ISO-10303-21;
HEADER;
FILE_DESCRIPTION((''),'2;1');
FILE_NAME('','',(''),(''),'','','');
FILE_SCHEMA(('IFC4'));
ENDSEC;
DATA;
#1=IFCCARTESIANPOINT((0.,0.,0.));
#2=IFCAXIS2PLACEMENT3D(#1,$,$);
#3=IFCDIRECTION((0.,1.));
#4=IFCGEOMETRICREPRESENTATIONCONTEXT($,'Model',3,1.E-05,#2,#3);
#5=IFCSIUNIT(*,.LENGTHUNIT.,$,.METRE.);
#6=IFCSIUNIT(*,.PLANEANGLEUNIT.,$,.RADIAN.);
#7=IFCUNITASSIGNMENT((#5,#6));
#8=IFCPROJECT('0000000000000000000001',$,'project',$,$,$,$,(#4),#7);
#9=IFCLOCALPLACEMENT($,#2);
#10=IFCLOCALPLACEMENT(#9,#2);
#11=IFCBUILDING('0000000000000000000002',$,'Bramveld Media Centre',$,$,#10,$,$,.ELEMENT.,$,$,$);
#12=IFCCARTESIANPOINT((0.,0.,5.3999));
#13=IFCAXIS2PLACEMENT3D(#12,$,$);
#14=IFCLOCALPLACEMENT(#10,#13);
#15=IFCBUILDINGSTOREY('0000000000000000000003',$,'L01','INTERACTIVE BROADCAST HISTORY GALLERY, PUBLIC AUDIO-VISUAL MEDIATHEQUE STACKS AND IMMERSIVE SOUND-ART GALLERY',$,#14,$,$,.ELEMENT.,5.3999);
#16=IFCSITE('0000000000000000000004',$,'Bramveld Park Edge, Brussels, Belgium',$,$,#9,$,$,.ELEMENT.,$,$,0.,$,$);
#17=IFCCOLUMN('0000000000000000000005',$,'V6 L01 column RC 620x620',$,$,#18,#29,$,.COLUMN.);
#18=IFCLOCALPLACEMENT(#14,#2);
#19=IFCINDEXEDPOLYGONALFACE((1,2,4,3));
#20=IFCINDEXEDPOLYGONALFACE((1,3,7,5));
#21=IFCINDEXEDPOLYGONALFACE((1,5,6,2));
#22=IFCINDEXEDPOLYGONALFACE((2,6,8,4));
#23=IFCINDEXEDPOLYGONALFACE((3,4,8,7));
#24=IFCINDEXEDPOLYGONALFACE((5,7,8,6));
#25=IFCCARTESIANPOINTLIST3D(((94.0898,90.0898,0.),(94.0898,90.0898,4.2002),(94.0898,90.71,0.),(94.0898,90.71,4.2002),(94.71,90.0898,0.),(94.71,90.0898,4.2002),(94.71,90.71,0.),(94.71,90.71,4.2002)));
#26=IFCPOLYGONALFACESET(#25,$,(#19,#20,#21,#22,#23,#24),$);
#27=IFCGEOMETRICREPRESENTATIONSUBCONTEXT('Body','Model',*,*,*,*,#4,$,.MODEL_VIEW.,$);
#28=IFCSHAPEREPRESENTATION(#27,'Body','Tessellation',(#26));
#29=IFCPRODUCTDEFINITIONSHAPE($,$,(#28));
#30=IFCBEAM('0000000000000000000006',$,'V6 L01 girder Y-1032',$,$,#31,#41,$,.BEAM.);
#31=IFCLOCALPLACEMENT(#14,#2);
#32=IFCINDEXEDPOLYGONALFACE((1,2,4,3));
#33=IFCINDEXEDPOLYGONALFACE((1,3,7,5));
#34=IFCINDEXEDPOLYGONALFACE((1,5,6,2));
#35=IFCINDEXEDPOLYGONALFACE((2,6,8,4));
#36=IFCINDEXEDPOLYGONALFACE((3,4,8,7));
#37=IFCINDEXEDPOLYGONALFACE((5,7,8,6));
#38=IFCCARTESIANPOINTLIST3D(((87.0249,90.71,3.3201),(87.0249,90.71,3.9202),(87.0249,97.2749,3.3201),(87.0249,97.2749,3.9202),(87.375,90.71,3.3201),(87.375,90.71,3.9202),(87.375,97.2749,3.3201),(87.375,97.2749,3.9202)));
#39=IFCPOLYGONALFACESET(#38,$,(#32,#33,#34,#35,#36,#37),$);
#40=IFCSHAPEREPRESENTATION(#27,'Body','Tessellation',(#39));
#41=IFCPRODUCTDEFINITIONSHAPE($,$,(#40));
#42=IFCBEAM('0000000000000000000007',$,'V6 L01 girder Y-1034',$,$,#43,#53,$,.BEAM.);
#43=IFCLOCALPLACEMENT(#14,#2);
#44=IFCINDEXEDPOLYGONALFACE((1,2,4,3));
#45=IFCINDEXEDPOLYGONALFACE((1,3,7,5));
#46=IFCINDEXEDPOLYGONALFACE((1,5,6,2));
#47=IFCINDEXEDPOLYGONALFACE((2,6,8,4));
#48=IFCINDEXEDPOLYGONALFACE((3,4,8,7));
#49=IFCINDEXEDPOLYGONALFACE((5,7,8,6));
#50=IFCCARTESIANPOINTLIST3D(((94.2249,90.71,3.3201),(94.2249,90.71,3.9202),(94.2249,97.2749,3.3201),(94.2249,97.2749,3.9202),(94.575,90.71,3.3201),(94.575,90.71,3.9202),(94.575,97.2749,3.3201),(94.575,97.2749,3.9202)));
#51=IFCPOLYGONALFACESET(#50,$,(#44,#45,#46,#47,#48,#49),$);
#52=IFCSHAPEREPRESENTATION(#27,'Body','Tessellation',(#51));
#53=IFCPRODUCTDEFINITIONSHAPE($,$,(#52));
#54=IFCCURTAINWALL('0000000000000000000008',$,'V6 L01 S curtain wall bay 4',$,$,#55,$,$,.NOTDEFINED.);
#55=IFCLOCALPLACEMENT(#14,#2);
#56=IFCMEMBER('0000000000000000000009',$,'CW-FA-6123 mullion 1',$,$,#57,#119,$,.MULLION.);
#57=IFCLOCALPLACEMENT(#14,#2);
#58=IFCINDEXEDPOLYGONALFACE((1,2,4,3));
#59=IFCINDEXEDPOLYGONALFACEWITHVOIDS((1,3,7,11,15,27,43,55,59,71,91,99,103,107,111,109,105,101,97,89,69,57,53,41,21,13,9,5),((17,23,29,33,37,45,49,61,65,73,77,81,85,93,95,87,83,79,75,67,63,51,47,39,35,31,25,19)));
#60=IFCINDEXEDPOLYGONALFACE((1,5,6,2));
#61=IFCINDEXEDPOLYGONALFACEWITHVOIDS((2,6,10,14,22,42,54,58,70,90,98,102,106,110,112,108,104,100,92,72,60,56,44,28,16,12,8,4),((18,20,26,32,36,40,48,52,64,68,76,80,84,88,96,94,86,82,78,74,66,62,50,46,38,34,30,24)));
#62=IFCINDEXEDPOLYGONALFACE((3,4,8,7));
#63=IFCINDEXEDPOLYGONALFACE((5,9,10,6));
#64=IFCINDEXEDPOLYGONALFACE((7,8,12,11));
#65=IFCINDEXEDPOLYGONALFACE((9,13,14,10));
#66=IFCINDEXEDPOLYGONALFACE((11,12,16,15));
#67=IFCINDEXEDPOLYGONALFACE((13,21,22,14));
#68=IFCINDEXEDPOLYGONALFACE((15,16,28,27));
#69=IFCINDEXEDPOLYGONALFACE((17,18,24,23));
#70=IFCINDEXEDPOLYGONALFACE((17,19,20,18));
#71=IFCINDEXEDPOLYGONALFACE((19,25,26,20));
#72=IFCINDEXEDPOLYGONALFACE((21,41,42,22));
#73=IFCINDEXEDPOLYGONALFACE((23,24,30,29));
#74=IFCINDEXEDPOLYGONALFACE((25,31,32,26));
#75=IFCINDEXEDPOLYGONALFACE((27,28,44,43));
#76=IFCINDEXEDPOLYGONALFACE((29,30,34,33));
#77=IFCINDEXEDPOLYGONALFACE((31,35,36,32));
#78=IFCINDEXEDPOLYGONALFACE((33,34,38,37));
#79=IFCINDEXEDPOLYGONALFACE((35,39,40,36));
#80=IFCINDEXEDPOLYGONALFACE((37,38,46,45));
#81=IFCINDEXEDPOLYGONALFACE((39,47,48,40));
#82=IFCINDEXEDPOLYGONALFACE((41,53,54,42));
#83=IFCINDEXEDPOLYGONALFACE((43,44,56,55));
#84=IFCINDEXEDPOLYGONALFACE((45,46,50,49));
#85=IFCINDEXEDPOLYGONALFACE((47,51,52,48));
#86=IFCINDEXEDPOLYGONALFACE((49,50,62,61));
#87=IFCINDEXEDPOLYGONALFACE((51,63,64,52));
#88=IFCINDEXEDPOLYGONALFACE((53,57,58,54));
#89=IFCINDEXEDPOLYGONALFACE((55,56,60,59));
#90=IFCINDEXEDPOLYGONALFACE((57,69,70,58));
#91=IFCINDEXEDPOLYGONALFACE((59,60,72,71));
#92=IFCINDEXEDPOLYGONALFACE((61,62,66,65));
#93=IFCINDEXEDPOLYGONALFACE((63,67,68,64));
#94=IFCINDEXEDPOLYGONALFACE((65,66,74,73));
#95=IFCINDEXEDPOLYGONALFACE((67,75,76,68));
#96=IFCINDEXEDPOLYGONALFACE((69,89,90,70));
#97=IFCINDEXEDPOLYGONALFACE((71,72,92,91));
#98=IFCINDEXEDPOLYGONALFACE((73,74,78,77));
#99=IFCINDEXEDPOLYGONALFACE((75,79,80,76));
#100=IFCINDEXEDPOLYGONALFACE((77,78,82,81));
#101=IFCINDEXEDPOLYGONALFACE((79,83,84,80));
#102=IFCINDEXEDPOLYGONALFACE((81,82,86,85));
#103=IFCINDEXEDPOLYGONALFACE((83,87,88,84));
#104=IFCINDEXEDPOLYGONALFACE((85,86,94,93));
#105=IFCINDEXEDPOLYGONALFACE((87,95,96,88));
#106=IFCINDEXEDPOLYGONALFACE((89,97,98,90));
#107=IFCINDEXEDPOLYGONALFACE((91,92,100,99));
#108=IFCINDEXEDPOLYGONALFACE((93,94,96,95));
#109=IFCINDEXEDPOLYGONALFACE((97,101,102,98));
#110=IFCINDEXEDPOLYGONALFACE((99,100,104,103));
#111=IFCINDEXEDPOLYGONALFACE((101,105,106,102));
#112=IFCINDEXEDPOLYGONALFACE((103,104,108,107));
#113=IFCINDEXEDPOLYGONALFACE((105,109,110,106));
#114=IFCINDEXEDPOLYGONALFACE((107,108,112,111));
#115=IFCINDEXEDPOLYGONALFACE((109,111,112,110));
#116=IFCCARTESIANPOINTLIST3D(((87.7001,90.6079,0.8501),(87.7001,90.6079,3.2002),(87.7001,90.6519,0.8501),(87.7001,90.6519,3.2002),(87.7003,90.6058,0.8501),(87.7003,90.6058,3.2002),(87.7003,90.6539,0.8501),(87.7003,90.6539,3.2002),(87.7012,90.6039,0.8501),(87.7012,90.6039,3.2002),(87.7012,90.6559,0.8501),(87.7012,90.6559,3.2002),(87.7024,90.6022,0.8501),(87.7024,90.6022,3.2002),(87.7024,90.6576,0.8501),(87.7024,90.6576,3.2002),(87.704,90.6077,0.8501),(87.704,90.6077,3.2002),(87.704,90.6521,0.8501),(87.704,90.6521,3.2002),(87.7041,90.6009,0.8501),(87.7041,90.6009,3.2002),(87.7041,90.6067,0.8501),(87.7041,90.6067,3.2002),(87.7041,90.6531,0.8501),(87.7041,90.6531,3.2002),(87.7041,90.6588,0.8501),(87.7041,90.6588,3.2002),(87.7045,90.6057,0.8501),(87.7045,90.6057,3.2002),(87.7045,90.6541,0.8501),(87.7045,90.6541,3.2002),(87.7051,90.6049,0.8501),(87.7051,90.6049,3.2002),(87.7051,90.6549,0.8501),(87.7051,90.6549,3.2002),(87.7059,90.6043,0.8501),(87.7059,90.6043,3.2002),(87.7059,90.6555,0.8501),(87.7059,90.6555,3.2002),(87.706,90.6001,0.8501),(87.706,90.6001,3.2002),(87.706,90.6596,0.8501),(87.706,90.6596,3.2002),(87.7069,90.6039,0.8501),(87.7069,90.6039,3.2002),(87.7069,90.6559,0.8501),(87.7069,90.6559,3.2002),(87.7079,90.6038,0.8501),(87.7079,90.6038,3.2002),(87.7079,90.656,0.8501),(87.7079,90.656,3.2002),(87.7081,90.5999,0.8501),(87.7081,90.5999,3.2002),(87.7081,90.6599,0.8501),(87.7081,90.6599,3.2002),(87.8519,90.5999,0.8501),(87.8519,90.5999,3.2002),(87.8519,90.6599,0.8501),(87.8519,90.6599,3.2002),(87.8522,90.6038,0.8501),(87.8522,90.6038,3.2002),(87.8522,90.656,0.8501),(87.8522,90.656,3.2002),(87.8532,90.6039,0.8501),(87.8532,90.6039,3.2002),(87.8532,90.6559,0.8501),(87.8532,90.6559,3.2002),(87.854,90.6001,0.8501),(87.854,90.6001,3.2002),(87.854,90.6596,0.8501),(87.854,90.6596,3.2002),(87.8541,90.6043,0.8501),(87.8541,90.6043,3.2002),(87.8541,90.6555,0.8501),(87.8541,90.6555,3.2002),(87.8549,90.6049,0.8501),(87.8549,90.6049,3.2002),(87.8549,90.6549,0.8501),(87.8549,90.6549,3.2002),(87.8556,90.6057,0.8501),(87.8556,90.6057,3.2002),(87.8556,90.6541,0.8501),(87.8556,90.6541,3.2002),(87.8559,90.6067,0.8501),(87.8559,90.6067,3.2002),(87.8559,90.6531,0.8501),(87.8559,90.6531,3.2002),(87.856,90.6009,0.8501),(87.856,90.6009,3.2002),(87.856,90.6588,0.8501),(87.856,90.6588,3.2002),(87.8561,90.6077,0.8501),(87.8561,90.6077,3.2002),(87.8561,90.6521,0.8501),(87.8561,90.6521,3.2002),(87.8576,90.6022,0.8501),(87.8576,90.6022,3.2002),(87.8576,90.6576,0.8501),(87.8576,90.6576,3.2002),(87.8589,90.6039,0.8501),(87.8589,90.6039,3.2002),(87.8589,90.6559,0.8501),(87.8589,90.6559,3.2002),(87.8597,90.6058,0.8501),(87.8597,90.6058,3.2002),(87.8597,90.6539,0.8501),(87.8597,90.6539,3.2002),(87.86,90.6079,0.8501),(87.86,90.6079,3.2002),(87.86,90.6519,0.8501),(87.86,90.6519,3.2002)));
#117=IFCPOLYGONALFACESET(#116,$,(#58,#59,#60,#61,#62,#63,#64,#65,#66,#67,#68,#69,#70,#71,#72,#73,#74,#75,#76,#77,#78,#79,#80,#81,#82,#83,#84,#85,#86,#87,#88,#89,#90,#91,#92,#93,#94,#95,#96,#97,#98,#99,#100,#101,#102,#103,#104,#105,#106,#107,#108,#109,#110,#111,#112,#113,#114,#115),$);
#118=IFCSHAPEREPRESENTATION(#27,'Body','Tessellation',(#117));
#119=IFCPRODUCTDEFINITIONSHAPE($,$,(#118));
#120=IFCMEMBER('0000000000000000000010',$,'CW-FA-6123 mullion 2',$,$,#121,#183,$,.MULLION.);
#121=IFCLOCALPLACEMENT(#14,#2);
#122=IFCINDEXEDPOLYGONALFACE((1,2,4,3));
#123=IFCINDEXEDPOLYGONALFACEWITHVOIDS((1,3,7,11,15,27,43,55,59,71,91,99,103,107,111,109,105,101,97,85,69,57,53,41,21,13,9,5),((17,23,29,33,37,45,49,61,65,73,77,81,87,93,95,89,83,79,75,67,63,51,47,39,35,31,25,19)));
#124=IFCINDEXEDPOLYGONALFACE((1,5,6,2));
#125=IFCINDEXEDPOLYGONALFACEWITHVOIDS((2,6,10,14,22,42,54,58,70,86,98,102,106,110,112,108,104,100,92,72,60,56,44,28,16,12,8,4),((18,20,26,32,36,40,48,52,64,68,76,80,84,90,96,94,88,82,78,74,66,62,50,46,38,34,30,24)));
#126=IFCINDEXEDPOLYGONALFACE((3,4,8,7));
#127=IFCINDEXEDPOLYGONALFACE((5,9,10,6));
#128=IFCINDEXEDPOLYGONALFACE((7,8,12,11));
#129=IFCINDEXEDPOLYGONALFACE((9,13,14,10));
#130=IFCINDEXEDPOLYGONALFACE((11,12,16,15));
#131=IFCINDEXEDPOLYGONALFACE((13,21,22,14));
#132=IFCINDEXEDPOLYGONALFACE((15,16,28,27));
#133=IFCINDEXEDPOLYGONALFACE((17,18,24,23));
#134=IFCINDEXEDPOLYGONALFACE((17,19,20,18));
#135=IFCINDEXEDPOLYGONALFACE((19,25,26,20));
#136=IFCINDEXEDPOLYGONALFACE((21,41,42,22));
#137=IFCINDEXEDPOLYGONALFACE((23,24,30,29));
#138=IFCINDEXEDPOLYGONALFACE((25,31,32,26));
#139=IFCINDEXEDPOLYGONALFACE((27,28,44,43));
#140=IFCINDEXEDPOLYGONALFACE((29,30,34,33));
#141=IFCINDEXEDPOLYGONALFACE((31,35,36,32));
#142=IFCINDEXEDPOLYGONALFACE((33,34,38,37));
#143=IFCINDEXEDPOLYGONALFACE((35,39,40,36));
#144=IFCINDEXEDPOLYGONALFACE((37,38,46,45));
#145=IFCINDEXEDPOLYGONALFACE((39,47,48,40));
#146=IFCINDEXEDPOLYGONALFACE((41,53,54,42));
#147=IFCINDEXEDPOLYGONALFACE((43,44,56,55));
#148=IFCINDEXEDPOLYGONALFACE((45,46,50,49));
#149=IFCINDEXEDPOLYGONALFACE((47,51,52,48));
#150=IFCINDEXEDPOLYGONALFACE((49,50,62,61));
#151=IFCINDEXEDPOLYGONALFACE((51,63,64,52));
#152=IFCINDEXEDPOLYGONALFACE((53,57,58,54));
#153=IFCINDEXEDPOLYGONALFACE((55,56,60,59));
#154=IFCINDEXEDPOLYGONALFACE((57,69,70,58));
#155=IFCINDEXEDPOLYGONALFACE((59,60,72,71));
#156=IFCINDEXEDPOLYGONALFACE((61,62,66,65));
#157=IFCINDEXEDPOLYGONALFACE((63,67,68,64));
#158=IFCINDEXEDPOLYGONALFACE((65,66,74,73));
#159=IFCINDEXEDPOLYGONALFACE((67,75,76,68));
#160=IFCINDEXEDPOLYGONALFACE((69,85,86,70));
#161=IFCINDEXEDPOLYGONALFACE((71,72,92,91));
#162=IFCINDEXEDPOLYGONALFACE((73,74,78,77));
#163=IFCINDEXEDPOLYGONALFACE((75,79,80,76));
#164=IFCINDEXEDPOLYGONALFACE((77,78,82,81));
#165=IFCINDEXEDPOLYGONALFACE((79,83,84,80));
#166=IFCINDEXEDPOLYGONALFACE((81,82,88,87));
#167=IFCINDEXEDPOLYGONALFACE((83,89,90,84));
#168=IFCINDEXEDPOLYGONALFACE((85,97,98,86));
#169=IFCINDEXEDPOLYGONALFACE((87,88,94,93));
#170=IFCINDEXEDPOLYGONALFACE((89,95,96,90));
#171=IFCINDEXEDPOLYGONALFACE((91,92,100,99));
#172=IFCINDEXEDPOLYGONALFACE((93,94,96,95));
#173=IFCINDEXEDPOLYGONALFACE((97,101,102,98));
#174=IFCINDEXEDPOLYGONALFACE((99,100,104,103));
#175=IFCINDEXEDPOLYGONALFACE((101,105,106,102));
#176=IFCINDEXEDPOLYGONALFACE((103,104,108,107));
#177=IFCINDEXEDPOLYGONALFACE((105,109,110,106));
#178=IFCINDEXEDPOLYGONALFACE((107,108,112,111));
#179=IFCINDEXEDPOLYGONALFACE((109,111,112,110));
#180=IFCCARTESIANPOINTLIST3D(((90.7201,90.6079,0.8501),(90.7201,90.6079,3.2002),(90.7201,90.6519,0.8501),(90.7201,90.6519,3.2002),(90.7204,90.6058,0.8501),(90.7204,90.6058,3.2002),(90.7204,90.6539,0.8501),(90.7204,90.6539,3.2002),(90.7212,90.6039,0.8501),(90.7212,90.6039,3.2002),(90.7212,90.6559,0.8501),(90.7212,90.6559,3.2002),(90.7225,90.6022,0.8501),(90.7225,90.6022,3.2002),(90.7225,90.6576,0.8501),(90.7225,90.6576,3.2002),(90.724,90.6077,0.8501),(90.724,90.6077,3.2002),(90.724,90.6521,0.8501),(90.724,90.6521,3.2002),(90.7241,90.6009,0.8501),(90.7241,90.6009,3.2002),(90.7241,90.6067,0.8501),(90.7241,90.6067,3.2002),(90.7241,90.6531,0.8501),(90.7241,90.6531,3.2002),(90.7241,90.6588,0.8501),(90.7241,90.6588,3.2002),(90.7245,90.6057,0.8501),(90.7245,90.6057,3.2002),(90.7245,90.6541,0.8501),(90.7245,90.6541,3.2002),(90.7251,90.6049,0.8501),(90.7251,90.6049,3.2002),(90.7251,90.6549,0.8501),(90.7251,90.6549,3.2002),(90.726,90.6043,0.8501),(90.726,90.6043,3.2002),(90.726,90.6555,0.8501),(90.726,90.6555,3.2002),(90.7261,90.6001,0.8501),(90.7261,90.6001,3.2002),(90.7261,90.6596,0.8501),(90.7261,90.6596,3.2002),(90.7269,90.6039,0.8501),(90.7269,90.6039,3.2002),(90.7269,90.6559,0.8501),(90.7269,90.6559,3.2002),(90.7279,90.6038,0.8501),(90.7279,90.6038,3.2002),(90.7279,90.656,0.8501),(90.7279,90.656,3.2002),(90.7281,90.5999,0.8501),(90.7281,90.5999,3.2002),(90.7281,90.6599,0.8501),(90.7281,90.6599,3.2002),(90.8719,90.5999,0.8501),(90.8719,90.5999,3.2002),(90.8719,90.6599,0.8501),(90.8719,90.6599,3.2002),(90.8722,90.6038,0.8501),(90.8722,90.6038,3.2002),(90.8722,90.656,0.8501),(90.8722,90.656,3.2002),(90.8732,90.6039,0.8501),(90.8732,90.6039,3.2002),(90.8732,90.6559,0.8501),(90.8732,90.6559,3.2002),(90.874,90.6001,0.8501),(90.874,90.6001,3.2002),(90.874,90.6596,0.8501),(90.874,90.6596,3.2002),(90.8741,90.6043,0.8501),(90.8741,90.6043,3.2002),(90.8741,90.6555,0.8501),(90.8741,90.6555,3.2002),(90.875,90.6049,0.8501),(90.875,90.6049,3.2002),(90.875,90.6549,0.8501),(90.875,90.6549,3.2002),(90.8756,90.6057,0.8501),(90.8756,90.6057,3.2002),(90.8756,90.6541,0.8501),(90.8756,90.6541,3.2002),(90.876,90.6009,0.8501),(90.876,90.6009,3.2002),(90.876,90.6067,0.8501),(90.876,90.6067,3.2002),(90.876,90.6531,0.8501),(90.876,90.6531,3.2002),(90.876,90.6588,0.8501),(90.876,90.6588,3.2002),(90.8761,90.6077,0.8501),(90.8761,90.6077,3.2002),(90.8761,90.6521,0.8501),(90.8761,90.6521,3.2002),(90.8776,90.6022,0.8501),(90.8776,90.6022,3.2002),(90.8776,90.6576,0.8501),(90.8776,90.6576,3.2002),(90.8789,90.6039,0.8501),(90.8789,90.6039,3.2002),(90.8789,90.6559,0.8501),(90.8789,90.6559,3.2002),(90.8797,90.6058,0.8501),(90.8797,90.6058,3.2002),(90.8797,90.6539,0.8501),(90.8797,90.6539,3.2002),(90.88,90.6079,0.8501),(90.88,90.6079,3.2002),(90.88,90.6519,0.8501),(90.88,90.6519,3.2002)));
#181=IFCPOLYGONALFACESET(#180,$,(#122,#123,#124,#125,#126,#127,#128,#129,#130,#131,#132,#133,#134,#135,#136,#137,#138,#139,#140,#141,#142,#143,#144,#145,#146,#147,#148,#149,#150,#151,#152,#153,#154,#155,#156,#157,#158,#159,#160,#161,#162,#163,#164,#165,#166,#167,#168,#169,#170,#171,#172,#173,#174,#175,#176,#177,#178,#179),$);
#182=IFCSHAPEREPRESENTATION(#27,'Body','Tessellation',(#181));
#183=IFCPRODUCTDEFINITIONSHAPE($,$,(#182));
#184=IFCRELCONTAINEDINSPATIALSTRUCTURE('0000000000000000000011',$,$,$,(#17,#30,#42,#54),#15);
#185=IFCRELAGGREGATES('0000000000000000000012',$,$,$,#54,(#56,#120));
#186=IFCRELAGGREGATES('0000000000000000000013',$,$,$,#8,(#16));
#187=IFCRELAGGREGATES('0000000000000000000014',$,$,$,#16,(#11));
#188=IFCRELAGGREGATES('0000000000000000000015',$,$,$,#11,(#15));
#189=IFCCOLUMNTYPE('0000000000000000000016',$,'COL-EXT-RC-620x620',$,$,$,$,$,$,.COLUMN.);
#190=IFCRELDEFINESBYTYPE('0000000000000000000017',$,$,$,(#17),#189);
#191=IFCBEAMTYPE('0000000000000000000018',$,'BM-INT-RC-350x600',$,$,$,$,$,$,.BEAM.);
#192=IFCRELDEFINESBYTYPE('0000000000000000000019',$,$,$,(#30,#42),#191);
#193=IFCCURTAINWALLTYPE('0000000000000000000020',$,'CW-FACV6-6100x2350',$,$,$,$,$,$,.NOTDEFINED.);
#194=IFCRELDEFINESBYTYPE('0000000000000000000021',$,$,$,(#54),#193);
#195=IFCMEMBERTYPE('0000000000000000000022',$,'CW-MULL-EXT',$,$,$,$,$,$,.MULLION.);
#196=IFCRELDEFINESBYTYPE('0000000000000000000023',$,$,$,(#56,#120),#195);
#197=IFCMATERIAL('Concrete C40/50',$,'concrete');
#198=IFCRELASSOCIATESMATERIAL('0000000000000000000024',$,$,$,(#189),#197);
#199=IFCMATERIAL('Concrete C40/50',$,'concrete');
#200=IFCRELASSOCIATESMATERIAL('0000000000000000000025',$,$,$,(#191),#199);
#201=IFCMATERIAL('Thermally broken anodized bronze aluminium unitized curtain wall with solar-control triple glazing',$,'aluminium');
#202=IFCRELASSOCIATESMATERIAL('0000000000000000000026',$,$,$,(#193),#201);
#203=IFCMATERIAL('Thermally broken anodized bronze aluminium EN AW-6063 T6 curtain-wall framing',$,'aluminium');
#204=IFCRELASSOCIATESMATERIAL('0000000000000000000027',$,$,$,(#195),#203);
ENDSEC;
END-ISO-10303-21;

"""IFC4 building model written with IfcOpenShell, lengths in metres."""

from ifc_helpers import new_model, si_unit, direction, frame, origin, origin_2d, place, context, subcontext, project, spatial, rectangle, hollow_rectangle, extrude, material, material_profile, profile_set, type_object, element, aggregate, save


model = new_model("IFC4")

# Units and contexts
model_context = context("Model", 3, precision=1e-05, world=origin(), true_north=direction((0.0, 1.0)))
body_context = subcontext(model_context, "Body", "Model", "MODEL_VIEW")
ifc_project = project(units=[si_unit("LENGTHUNIT", "METRE"), si_unit("PLANEANGLEUNIT", "RADIAN")], contexts=[model_context])

# Site, building, storey
site_placement = place(None, origin())
site = spatial("IfcSite", under=ifc_project, at=site_placement, Name="Bramveld Park Edge, Brussels, Belgium", CompositionType="ELEMENT", RefElevation=0.0)
building_placement = place(site_placement, origin())
building = spatial("IfcBuilding", under=site, at=building_placement, Name="Bramveld Media Centre", CompositionType="ELEMENT")
storey_placement = place(building_placement, frame((0.0, 0.0, 5.3999)))
storey = spatial("IfcBuildingStorey", under=building, at=storey_placement, Name="L01", Description="INTERACTIVE BROADCAST HISTORY GALLERY, PUBLIC AUDIO-VISUAL MEDIATHEQUE STACKS AND IMMERSIVE SOUND-ART GALLERY", CompositionType="ELEMENT", Elevation=5.3999)

# Column
ifc_material_1 = material(Name="Concrete C40/50", Category="concrete")
ifc_material_profile_1 = material_profile(ifc_material_1, rectangle(XDim=0.6201, YDim=0.6201, at=origin_2d()), Name="RC 620x620")
ifc_profile_set_1 = profile_set([ifc_material_profile_1], Name="Concrete C40/50")
column_type = type_object("IfcColumnType", Name="COL-EXT-RC-620x620", PredefinedType="COLUMN", material=ifc_profile_set_1)
column_placement = place(storey_placement, frame((94.3999, 90.3999, 0.0), z_axis=(0.0, 0.0, 1.0), x_axis=(1.0, 0.0, 0.0)))
element("IfcColumn", 1, at=column_placement, inside=storey, type_object=column_type, Name="V6 L01 column RC 620x620", PredefinedType="COLUMN", context=body_context, shape_type="SweptSolid", body=[
    extrude(rectangle(XDim=0.6201, YDim=0.6201, at=origin_2d()), origin(), (0.0, 0.0, 1.0), 4.2002),
])

# Beams
ifc_material_2 = material(Name="Concrete C40/50", Category="concrete")
ifc_material_profile_2 = material_profile(ifc_material_2, rectangle(XDim=0.3501, YDim=0.6001, at=origin_2d()), Name="RC 350x600")
ifc_profile_set_2 = profile_set([ifc_material_profile_2], Name="Concrete C40/50")
beam_type_1 = type_object("IfcBeamType", Name="BM-INT-RC-350x600", PredefinedType="BEAM", material=ifc_profile_set_2)
for number, where, z_axis, x_axis, name in (
    (2, (87.2, 90.71, 3.6201), (0.0, 1.0, 0.0), (-1.0, 0.0, 0.0), "V6 L01 girder Y-1032"),
    (3, (94.3999, 90.71, 3.6201), (0.0, 1.0, 0.0), (-1.0, 0.0, 0.0), "V6 L01 girder Y-1034"),
):
    element("IfcBeam", number, at=place(storey_placement, frame(where, z_axis=z_axis, x_axis=x_axis)), inside=storey, type_object=beam_type_1, Name=name, PredefinedType="BEAM", context=body_context, shape_type="SweptSolid", body=[
        extrude(rectangle(XDim=0.3501, YDim=0.6001, at=origin_2d()), origin(), (0.0, 0.0, 1.0), 6.5649),
    ])

# Curtain wall, members
ifc_material_3 = material(Name="Thermally broken anodized bronze aluminium unitized curtain wall with solar-control triple glazing", Category="aluminium")
curtain_wall_type = type_object("IfcCurtainWallType", Name="CW-FACV6-6100x2350", PredefinedType="NOTDEFINED", material=ifc_material_3)
curtain_wall_placement = place(storey_placement, origin())
curtain_wall = element("IfcCurtainWall", 4, at=curtain_wall_placement, inside=storey, type_object=curtain_wall_type, Name="V6 L01 S curtain wall bay 4", PredefinedType="NOTDEFINED")
ifc_material_4 = material(Name="Thermally broken anodized bronze aluminium EN AW-6063 T6 curtain-wall framing", Category="aluminium")
ifc_material_profile_3 = material_profile(ifc_material_4, hollow_rectangle(XDim=0.0601, YDim=0.1599, WallThickness=0.0039, InnerFilletRadius=0.0039, OuterFilletRadius=0.0081, at=origin_2d()), Name="AL-MULL 60x160")
ifc_profile_set_3 = profile_set([ifc_material_profile_3], Name="Thermally broken anodized bronze aluminium EN AW-6063 T6 curtain-wall framing")
member_type_1 = type_object("IfcMemberType", Name="CW-MULL-EXT", PredefinedType="MULLION", material=ifc_profile_set_3)
member_1_placement = place(storey_placement, frame((87.78, 90.6299, 0.8501), z_axis=(0.0, 0.0, 1.0), x_axis=(0.0, 1.0, 0.0)))
member_1 = element("IfcMember", 5, at=member_1_placement, type_object=member_type_1, Name="CW-FA-6123 mullion 1", PredefinedType="MULLION", context=body_context, shape_type="SweptSolid", body=[
    extrude(hollow_rectangle(XDim=0.0601, YDim=0.1599, WallThickness=0.0039, InnerFilletRadius=0.0039, OuterFilletRadius=0.0081, at=origin_2d()), origin(), (0.0, 0.0, 1.0), 2.3501),
])
member_2_placement = place(storey_placement, frame((90.8, 90.6299, 0.8501), z_axis=(0.0, 0.0, 1.0), x_axis=(0.0, 1.0, 0.0)))
member_2 = element("IfcMember", 6, at=member_2_placement, type_object=member_type_1, Name="CW-FA-6123 mullion 2", PredefinedType="MULLION", context=body_context, shape_type="SweptSolid", body=[
    extrude(hollow_rectangle(XDim=0.0601, YDim=0.1599, WallThickness=0.0039, InnerFilletRadius=0.0039, OuterFilletRadius=0.0081, at=origin_2d()), origin(), (0.0, 0.0, 1.0), 2.3501),
])

aggregate(curtain_wall, [member_1, member_2])

save(model, "model.ifc")
